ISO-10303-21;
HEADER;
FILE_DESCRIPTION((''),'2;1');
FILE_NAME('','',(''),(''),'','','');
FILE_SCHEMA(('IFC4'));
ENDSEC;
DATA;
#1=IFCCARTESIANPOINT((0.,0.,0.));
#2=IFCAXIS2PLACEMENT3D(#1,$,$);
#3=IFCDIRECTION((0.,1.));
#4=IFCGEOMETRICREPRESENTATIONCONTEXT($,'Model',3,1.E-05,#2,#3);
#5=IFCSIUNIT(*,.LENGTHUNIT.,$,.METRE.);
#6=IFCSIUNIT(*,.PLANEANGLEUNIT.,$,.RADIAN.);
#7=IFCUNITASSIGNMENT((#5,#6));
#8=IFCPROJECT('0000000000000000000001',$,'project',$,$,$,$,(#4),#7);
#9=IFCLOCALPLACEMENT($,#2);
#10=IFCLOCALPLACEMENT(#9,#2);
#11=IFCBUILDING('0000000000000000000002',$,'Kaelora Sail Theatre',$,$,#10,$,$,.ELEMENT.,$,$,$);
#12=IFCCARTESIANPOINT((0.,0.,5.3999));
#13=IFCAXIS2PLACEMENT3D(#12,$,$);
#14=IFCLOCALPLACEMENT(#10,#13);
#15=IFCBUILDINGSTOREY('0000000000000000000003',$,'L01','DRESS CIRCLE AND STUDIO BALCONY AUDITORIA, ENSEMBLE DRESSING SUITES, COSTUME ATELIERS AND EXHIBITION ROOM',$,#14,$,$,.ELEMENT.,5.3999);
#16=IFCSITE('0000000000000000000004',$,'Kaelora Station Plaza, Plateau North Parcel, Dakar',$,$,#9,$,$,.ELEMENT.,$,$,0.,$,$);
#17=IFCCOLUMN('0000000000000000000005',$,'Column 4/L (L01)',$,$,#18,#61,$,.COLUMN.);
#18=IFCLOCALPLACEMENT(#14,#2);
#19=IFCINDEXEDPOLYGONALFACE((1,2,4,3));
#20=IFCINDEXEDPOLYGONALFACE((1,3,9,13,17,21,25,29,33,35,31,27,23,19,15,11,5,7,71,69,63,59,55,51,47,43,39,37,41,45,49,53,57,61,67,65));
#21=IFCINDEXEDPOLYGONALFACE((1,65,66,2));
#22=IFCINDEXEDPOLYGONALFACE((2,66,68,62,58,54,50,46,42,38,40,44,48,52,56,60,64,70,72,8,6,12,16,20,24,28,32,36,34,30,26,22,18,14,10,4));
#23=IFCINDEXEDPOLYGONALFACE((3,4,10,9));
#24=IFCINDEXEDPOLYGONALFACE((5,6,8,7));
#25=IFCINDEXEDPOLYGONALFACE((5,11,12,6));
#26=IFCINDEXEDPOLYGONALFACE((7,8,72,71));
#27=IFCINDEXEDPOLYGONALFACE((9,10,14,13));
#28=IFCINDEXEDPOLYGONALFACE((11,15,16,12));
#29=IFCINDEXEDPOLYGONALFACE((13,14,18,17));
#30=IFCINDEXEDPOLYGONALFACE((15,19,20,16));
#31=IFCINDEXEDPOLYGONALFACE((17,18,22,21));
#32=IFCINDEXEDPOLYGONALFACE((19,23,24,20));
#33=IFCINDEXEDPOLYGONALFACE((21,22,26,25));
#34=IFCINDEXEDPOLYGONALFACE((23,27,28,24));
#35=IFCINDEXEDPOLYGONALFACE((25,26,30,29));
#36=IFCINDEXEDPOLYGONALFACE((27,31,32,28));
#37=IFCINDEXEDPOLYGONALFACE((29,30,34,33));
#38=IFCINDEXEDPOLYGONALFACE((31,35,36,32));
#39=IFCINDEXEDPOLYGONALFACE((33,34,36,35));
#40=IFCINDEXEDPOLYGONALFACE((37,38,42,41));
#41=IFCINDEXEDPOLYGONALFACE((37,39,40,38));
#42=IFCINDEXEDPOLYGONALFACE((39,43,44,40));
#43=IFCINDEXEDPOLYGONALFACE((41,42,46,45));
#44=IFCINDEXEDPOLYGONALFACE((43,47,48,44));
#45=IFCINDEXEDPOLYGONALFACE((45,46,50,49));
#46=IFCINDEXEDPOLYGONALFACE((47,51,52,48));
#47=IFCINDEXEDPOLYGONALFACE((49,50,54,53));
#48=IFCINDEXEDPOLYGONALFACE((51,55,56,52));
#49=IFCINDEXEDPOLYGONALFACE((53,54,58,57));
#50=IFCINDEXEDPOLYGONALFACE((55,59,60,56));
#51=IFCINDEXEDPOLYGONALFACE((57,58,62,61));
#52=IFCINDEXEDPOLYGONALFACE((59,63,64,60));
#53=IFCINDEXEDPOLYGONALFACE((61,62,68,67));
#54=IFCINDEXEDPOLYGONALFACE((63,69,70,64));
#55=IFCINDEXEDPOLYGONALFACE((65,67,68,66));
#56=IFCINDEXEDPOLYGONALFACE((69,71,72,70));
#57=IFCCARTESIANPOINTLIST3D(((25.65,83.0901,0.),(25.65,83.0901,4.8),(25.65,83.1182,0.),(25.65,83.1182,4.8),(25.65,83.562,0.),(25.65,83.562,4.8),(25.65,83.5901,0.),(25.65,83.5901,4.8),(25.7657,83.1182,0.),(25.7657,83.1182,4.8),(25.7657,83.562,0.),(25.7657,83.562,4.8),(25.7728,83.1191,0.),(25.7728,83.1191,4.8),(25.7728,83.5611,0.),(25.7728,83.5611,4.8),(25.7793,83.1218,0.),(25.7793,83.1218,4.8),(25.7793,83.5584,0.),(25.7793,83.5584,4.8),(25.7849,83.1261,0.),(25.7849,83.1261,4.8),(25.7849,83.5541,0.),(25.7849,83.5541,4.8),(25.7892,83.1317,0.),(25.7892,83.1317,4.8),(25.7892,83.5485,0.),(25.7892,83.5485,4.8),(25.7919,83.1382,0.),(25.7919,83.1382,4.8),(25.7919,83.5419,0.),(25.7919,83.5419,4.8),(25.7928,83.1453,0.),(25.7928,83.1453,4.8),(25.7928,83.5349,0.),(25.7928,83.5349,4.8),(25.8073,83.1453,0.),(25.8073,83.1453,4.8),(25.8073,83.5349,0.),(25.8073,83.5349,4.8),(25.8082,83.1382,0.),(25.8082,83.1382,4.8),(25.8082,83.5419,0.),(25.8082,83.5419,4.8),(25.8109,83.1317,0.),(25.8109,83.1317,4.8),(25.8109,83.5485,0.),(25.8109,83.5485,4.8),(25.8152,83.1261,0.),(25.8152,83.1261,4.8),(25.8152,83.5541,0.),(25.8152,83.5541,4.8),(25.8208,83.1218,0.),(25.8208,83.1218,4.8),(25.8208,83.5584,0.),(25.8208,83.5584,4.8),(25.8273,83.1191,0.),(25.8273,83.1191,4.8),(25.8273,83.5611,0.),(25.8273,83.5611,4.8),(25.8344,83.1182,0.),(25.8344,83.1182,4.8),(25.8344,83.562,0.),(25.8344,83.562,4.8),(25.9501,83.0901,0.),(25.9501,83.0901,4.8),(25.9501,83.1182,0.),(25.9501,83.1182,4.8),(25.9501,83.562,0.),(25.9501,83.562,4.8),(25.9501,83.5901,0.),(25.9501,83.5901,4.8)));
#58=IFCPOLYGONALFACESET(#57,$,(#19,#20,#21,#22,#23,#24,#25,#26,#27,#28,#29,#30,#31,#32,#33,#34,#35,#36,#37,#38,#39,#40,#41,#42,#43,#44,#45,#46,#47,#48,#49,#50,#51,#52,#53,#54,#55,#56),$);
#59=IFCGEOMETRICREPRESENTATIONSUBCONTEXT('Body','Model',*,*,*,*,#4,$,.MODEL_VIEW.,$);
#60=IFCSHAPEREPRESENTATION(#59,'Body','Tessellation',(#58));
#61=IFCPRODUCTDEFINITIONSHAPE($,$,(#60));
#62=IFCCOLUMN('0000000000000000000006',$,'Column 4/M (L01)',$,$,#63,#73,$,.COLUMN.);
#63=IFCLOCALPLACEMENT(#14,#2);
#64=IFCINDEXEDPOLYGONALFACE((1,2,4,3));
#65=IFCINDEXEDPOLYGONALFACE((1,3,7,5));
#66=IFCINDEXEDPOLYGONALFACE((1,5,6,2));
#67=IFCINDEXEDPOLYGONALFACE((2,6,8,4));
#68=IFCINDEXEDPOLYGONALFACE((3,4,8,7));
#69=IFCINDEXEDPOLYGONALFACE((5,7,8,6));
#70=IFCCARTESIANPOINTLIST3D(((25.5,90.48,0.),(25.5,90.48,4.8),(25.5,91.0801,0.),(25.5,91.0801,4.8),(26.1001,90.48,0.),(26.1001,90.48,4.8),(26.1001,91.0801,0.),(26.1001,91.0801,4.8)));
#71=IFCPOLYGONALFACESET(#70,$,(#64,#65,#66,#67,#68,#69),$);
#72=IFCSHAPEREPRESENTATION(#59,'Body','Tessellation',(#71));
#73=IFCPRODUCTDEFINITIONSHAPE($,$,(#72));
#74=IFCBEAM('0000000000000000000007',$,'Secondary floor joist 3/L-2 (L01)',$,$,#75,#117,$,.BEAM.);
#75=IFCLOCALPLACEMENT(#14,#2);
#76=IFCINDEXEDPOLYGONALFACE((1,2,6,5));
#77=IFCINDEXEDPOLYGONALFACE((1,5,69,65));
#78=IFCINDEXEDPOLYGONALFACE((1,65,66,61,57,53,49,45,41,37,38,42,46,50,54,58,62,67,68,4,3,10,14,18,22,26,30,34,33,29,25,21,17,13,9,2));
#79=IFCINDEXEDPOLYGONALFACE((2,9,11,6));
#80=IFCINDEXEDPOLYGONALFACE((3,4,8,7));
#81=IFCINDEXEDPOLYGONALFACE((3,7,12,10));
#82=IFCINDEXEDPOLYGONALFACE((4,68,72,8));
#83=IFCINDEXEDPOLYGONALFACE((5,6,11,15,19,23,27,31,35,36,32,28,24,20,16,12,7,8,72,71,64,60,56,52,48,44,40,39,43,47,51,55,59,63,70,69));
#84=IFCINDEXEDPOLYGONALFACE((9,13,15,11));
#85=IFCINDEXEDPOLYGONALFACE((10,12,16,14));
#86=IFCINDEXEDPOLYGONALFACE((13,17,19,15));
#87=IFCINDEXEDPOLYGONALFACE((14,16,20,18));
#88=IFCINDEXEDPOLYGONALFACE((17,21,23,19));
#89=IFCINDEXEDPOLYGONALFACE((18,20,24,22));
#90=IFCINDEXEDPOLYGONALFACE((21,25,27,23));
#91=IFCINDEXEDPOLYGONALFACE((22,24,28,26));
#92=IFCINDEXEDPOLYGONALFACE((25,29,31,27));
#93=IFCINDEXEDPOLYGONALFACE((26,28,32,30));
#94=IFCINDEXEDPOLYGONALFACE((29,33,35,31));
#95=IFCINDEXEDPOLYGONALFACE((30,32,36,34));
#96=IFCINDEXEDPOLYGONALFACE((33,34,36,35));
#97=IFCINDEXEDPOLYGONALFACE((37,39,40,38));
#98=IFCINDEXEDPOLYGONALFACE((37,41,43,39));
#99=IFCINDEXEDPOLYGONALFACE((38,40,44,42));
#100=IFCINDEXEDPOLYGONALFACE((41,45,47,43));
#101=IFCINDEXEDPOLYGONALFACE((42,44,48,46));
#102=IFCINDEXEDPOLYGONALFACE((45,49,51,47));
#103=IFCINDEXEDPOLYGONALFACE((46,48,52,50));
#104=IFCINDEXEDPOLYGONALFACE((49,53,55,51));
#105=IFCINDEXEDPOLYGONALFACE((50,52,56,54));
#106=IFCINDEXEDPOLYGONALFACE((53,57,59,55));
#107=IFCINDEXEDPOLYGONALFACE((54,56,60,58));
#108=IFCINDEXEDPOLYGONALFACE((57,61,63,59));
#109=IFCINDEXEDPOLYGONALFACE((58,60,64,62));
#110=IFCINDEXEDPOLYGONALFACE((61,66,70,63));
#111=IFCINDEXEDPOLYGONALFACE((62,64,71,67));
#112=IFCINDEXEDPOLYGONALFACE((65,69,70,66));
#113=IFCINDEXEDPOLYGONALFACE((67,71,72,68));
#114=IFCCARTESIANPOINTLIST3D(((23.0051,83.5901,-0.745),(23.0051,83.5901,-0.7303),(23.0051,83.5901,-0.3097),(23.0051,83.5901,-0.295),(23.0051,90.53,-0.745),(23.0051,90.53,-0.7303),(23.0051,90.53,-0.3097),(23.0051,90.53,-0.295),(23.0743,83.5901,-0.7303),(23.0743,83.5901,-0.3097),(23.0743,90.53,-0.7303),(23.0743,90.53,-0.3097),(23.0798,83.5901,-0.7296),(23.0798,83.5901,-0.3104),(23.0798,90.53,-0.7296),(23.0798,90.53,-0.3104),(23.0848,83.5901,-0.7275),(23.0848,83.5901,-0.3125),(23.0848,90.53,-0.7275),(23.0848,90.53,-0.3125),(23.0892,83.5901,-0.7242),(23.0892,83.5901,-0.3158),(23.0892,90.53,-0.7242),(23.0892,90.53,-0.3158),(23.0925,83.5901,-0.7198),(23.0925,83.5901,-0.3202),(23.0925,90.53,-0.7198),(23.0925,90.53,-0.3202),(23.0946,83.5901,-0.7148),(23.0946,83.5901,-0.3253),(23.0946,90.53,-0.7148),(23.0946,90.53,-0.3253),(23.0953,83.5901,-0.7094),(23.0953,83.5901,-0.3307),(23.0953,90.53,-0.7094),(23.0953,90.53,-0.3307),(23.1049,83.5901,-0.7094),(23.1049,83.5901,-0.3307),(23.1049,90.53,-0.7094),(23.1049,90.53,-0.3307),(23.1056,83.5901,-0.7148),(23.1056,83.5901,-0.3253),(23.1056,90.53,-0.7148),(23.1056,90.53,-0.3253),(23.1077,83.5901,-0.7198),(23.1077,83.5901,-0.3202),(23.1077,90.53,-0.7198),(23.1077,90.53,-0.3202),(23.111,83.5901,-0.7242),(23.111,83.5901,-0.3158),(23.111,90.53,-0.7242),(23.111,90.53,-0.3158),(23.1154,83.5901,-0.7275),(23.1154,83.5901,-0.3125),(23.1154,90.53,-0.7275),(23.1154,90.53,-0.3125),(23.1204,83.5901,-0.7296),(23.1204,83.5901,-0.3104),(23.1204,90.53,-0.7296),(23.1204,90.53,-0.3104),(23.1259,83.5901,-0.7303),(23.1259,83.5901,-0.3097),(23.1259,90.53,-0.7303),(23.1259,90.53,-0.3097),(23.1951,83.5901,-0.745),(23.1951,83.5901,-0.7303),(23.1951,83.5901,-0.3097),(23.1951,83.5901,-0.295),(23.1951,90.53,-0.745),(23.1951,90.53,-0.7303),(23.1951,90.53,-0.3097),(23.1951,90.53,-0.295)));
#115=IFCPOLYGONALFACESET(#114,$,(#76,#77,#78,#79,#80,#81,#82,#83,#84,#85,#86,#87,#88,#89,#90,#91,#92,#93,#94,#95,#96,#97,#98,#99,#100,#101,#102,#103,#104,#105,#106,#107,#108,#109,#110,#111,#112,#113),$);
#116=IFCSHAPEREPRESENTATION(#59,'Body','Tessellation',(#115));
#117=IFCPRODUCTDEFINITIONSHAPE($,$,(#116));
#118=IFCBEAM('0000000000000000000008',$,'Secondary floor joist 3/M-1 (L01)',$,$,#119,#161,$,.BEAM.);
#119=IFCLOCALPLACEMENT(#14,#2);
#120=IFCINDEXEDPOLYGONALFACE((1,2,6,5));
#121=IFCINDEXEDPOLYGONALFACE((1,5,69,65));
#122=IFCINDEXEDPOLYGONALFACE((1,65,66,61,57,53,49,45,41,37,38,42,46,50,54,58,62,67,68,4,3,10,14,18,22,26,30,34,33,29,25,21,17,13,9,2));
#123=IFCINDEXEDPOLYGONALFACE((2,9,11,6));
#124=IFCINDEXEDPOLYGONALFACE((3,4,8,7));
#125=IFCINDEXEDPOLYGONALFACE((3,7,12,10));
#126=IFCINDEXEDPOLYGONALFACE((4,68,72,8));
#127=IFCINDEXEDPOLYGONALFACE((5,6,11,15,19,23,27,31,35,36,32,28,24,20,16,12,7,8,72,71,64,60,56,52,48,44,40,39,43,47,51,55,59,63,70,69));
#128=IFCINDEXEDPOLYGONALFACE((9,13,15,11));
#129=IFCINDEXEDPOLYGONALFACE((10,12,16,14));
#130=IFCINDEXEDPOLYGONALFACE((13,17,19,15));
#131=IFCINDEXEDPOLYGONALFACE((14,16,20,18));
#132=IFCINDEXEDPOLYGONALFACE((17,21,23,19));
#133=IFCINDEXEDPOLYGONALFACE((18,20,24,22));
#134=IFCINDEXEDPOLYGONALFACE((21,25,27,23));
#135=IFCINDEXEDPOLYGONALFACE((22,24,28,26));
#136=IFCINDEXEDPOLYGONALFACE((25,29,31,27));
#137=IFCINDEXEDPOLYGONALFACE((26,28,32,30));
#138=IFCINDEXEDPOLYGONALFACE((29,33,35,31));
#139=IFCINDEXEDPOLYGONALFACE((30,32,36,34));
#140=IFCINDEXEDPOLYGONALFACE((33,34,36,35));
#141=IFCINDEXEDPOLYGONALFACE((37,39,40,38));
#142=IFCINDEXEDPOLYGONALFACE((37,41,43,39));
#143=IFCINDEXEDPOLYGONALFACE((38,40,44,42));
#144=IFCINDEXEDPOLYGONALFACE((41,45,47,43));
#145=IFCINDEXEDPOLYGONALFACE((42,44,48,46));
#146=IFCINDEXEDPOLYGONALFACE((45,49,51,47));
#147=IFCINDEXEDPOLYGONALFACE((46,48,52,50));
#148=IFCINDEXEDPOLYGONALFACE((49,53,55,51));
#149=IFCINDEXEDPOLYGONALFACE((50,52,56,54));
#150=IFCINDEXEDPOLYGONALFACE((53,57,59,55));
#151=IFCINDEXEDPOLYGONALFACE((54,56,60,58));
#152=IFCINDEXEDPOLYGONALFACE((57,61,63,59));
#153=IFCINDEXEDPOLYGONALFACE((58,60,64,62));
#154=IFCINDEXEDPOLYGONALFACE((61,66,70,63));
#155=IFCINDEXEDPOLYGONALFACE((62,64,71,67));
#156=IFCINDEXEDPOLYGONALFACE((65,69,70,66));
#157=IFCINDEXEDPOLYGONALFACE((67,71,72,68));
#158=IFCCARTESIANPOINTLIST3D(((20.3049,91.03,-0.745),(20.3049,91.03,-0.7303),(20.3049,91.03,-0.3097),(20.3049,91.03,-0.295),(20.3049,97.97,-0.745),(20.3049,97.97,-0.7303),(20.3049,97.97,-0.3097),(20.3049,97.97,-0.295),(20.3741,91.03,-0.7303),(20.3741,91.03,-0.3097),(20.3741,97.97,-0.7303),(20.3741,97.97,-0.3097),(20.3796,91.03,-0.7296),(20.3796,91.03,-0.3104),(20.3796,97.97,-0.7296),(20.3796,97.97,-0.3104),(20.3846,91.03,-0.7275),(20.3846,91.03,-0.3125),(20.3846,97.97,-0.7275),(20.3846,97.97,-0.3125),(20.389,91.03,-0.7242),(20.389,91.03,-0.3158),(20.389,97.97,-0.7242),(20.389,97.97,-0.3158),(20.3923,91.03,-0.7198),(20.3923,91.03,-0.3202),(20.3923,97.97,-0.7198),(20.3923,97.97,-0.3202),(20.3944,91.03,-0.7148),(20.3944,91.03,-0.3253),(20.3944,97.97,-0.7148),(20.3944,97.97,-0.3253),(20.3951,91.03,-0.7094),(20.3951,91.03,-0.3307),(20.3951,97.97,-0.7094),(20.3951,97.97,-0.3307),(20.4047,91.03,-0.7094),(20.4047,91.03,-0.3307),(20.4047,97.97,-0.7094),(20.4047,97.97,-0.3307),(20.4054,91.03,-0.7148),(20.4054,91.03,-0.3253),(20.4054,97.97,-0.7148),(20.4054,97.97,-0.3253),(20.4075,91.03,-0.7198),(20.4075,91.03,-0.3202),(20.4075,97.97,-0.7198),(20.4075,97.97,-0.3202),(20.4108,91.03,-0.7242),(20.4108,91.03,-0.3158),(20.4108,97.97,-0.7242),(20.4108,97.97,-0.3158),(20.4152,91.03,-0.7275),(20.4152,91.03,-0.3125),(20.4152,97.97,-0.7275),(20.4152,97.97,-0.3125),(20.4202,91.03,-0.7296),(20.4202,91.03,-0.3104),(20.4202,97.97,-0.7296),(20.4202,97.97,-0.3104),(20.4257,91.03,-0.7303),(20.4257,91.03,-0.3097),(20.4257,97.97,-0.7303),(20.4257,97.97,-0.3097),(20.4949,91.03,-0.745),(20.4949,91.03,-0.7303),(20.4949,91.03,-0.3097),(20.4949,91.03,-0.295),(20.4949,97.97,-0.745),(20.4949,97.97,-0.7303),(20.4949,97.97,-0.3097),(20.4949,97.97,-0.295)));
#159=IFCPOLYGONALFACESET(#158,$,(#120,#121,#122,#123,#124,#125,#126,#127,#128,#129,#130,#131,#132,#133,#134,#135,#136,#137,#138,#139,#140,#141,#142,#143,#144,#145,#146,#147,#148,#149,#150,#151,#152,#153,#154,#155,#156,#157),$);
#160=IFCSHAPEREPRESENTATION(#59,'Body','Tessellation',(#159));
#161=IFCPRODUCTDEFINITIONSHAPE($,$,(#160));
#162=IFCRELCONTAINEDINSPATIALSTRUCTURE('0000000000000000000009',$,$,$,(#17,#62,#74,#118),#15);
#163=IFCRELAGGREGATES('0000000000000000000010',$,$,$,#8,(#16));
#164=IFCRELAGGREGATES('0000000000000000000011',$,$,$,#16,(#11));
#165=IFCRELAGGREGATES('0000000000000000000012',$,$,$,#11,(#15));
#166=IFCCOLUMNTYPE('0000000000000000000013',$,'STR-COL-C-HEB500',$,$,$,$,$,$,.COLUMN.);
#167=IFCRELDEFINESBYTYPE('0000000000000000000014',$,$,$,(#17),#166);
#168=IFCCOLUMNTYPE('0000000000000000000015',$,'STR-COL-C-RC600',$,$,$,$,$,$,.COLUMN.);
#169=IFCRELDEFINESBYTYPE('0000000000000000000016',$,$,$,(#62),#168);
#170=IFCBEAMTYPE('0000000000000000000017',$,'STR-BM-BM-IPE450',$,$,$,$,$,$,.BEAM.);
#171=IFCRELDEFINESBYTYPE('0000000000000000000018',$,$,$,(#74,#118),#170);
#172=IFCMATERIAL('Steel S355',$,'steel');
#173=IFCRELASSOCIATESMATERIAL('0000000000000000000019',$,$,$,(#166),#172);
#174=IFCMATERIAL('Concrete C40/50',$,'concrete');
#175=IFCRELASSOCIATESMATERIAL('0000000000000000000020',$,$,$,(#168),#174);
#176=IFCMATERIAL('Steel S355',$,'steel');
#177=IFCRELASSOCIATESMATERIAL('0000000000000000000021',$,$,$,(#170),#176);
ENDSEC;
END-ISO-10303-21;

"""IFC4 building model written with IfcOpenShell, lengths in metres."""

from ifc_helpers import new_model, si_unit, direction, frame, origin, origin_2d, place, context, subcontext, project, spatial, rectangle, i_section, extrude, material, material_profile, profile_set, type_object, element, save


model = new_model("IFC4")

# Units and contexts
model_context = context("Model", 3, precision=1e-05, world=origin(), true_north=direction((0.0, 1.0)))
body_context = subcontext(model_context, "Body", "Model", "MODEL_VIEW")
ifc_project = project(units=[si_unit("LENGTHUNIT", "METRE"), si_unit("PLANEANGLEUNIT", "RADIAN")], contexts=[model_context])

# Site, building, storey
site_placement = place(None, origin())
site = spatial("IfcSite", under=ifc_project, at=site_placement, Name="Kaelora Station Plaza, Plateau North Parcel, Dakar", CompositionType="ELEMENT", RefElevation=0.0)
building_placement = place(site_placement, origin())
building = spatial("IfcBuilding", under=site, at=building_placement, Name="Kaelora Sail Theatre", CompositionType="ELEMENT")
storey_placement = place(building_placement, frame((0.0, 0.0, 5.3999)))
storey = spatial("IfcBuildingStorey", under=building, at=storey_placement, Name="L01", Description="DRESS CIRCLE AND STUDIO BALCONY AUDITORIA, ENSEMBLE DRESSING SUITES, COSTUME ATELIERS AND EXHIBITION ROOM", CompositionType="ELEMENT", Elevation=5.3999)

# Columns
ifc_material_1 = material(Name="Steel S355", Category="steel")
ifc_material_profile_1 = material_profile(ifc_material_1, i_section(OverallWidth=0.3, OverallDepth=0.5, WebThickness=0.0144, FlangeThickness=0.0281, FilletRadius=0.0271, at=origin_2d()), Name="HEB 500")
ifc_profile_set_1 = profile_set([ifc_material_profile_1], Name="Steel S355")
column_type_1 = type_object("IfcColumnType", Name="STR-COL-C-HEB500", PredefinedType="COLUMN", material=ifc_profile_set_1)
column_1_placement = place(storey_placement, frame((25.8, 83.3401, 0.0), z_axis=(0.0, 0.0, 1.0), x_axis=(1.0, 0.0, 0.0)))
element("IfcColumn", 1, at=column_1_placement, inside=storey, type_object=column_type_1, Name="Column 4/L (L01)", PredefinedType="COLUMN", context=body_context, shape_type="SweptSolid", body=[
    extrude(i_section(OverallWidth=0.3, OverallDepth=0.5, WebThickness=0.0144, FlangeThickness=0.0281, FilletRadius=0.0271, at=origin_2d()), origin(), (0.0, 0.0, 1.0), 4.8),
])
ifc_material_2 = material(Name="Concrete C40/50", Category="concrete")
ifc_material_profile_2 = material_profile(ifc_material_2, rectangle(XDim=0.6001, YDim=0.6001, at=origin_2d()), Name="RC-COL 600x600")
ifc_profile_set_2 = profile_set([ifc_material_profile_2], Name="Concrete C40/50")
column_type_2 = type_object("IfcColumnType", Name="STR-COL-C-RC600", PredefinedType="COLUMN", material=ifc_profile_set_2)
column_2_placement = place(storey_placement, frame((25.8, 90.78, 0.0), z_axis=(0.0, 0.0, 1.0), x_axis=(1.0, 0.0, 0.0)))
element("IfcColumn", 2, at=column_2_placement, inside=storey, type_object=column_type_2, Name="Column 4/M (L01)", PredefinedType="COLUMN", context=body_context, shape_type="SweptSolid", body=[
    extrude(rectangle(XDim=0.6001, YDim=0.6001, at=origin_2d()), origin(), (0.0, 0.0, 1.0), 4.8),
])

# Beams
ifc_material_3 = material(Name="Steel S355", Category="steel")
ifc_material_profile_3 = material_profile(ifc_material_3, i_section(OverallWidth=0.1899, OverallDepth=0.45, WebThickness=0.0095, FlangeThickness=0.0146, FilletRadius=0.021, at=origin_2d()), Name="IPE 450")
ifc_profile_set_3 = profile_set([ifc_material_profile_3], Name="Steel S355")
beam_type_1 = type_object("IfcBeamType", Name="STR-BM-BM-IPE450", PredefinedType="BEAM", material=ifc_profile_set_3)
for number, where, z_axis, x_axis, name in (
    (3, (23.1001, 83.5901, -0.52), (0.0, 1.0, 0.0), (-1.0, 0.0, 0.0), "Secondary floor joist 3/L-2 (L01)"),
    (4, (20.3999, 91.03, -0.52), (0.0, 1.0, 0.0), (-1.0, 0.0, 0.0), "Secondary floor joist 3/M-1 (L01)"),
):
    element("IfcBeam", number, at=place(storey_placement, frame(where, z_axis=z_axis, x_axis=x_axis)), inside=storey, type_object=beam_type_1, Name=name, PredefinedType="BEAM", context=body_context, shape_type="SweptSolid", body=[
        extrude(i_section(OverallWidth=0.1899, OverallDepth=0.45, WebThickness=0.0095, FlangeThickness=0.0146, FilletRadius=0.021, at=origin_2d()), origin(), (0.0, 0.0, 1.0), 6.9399),
    ])

save(model, "model.ifc")
